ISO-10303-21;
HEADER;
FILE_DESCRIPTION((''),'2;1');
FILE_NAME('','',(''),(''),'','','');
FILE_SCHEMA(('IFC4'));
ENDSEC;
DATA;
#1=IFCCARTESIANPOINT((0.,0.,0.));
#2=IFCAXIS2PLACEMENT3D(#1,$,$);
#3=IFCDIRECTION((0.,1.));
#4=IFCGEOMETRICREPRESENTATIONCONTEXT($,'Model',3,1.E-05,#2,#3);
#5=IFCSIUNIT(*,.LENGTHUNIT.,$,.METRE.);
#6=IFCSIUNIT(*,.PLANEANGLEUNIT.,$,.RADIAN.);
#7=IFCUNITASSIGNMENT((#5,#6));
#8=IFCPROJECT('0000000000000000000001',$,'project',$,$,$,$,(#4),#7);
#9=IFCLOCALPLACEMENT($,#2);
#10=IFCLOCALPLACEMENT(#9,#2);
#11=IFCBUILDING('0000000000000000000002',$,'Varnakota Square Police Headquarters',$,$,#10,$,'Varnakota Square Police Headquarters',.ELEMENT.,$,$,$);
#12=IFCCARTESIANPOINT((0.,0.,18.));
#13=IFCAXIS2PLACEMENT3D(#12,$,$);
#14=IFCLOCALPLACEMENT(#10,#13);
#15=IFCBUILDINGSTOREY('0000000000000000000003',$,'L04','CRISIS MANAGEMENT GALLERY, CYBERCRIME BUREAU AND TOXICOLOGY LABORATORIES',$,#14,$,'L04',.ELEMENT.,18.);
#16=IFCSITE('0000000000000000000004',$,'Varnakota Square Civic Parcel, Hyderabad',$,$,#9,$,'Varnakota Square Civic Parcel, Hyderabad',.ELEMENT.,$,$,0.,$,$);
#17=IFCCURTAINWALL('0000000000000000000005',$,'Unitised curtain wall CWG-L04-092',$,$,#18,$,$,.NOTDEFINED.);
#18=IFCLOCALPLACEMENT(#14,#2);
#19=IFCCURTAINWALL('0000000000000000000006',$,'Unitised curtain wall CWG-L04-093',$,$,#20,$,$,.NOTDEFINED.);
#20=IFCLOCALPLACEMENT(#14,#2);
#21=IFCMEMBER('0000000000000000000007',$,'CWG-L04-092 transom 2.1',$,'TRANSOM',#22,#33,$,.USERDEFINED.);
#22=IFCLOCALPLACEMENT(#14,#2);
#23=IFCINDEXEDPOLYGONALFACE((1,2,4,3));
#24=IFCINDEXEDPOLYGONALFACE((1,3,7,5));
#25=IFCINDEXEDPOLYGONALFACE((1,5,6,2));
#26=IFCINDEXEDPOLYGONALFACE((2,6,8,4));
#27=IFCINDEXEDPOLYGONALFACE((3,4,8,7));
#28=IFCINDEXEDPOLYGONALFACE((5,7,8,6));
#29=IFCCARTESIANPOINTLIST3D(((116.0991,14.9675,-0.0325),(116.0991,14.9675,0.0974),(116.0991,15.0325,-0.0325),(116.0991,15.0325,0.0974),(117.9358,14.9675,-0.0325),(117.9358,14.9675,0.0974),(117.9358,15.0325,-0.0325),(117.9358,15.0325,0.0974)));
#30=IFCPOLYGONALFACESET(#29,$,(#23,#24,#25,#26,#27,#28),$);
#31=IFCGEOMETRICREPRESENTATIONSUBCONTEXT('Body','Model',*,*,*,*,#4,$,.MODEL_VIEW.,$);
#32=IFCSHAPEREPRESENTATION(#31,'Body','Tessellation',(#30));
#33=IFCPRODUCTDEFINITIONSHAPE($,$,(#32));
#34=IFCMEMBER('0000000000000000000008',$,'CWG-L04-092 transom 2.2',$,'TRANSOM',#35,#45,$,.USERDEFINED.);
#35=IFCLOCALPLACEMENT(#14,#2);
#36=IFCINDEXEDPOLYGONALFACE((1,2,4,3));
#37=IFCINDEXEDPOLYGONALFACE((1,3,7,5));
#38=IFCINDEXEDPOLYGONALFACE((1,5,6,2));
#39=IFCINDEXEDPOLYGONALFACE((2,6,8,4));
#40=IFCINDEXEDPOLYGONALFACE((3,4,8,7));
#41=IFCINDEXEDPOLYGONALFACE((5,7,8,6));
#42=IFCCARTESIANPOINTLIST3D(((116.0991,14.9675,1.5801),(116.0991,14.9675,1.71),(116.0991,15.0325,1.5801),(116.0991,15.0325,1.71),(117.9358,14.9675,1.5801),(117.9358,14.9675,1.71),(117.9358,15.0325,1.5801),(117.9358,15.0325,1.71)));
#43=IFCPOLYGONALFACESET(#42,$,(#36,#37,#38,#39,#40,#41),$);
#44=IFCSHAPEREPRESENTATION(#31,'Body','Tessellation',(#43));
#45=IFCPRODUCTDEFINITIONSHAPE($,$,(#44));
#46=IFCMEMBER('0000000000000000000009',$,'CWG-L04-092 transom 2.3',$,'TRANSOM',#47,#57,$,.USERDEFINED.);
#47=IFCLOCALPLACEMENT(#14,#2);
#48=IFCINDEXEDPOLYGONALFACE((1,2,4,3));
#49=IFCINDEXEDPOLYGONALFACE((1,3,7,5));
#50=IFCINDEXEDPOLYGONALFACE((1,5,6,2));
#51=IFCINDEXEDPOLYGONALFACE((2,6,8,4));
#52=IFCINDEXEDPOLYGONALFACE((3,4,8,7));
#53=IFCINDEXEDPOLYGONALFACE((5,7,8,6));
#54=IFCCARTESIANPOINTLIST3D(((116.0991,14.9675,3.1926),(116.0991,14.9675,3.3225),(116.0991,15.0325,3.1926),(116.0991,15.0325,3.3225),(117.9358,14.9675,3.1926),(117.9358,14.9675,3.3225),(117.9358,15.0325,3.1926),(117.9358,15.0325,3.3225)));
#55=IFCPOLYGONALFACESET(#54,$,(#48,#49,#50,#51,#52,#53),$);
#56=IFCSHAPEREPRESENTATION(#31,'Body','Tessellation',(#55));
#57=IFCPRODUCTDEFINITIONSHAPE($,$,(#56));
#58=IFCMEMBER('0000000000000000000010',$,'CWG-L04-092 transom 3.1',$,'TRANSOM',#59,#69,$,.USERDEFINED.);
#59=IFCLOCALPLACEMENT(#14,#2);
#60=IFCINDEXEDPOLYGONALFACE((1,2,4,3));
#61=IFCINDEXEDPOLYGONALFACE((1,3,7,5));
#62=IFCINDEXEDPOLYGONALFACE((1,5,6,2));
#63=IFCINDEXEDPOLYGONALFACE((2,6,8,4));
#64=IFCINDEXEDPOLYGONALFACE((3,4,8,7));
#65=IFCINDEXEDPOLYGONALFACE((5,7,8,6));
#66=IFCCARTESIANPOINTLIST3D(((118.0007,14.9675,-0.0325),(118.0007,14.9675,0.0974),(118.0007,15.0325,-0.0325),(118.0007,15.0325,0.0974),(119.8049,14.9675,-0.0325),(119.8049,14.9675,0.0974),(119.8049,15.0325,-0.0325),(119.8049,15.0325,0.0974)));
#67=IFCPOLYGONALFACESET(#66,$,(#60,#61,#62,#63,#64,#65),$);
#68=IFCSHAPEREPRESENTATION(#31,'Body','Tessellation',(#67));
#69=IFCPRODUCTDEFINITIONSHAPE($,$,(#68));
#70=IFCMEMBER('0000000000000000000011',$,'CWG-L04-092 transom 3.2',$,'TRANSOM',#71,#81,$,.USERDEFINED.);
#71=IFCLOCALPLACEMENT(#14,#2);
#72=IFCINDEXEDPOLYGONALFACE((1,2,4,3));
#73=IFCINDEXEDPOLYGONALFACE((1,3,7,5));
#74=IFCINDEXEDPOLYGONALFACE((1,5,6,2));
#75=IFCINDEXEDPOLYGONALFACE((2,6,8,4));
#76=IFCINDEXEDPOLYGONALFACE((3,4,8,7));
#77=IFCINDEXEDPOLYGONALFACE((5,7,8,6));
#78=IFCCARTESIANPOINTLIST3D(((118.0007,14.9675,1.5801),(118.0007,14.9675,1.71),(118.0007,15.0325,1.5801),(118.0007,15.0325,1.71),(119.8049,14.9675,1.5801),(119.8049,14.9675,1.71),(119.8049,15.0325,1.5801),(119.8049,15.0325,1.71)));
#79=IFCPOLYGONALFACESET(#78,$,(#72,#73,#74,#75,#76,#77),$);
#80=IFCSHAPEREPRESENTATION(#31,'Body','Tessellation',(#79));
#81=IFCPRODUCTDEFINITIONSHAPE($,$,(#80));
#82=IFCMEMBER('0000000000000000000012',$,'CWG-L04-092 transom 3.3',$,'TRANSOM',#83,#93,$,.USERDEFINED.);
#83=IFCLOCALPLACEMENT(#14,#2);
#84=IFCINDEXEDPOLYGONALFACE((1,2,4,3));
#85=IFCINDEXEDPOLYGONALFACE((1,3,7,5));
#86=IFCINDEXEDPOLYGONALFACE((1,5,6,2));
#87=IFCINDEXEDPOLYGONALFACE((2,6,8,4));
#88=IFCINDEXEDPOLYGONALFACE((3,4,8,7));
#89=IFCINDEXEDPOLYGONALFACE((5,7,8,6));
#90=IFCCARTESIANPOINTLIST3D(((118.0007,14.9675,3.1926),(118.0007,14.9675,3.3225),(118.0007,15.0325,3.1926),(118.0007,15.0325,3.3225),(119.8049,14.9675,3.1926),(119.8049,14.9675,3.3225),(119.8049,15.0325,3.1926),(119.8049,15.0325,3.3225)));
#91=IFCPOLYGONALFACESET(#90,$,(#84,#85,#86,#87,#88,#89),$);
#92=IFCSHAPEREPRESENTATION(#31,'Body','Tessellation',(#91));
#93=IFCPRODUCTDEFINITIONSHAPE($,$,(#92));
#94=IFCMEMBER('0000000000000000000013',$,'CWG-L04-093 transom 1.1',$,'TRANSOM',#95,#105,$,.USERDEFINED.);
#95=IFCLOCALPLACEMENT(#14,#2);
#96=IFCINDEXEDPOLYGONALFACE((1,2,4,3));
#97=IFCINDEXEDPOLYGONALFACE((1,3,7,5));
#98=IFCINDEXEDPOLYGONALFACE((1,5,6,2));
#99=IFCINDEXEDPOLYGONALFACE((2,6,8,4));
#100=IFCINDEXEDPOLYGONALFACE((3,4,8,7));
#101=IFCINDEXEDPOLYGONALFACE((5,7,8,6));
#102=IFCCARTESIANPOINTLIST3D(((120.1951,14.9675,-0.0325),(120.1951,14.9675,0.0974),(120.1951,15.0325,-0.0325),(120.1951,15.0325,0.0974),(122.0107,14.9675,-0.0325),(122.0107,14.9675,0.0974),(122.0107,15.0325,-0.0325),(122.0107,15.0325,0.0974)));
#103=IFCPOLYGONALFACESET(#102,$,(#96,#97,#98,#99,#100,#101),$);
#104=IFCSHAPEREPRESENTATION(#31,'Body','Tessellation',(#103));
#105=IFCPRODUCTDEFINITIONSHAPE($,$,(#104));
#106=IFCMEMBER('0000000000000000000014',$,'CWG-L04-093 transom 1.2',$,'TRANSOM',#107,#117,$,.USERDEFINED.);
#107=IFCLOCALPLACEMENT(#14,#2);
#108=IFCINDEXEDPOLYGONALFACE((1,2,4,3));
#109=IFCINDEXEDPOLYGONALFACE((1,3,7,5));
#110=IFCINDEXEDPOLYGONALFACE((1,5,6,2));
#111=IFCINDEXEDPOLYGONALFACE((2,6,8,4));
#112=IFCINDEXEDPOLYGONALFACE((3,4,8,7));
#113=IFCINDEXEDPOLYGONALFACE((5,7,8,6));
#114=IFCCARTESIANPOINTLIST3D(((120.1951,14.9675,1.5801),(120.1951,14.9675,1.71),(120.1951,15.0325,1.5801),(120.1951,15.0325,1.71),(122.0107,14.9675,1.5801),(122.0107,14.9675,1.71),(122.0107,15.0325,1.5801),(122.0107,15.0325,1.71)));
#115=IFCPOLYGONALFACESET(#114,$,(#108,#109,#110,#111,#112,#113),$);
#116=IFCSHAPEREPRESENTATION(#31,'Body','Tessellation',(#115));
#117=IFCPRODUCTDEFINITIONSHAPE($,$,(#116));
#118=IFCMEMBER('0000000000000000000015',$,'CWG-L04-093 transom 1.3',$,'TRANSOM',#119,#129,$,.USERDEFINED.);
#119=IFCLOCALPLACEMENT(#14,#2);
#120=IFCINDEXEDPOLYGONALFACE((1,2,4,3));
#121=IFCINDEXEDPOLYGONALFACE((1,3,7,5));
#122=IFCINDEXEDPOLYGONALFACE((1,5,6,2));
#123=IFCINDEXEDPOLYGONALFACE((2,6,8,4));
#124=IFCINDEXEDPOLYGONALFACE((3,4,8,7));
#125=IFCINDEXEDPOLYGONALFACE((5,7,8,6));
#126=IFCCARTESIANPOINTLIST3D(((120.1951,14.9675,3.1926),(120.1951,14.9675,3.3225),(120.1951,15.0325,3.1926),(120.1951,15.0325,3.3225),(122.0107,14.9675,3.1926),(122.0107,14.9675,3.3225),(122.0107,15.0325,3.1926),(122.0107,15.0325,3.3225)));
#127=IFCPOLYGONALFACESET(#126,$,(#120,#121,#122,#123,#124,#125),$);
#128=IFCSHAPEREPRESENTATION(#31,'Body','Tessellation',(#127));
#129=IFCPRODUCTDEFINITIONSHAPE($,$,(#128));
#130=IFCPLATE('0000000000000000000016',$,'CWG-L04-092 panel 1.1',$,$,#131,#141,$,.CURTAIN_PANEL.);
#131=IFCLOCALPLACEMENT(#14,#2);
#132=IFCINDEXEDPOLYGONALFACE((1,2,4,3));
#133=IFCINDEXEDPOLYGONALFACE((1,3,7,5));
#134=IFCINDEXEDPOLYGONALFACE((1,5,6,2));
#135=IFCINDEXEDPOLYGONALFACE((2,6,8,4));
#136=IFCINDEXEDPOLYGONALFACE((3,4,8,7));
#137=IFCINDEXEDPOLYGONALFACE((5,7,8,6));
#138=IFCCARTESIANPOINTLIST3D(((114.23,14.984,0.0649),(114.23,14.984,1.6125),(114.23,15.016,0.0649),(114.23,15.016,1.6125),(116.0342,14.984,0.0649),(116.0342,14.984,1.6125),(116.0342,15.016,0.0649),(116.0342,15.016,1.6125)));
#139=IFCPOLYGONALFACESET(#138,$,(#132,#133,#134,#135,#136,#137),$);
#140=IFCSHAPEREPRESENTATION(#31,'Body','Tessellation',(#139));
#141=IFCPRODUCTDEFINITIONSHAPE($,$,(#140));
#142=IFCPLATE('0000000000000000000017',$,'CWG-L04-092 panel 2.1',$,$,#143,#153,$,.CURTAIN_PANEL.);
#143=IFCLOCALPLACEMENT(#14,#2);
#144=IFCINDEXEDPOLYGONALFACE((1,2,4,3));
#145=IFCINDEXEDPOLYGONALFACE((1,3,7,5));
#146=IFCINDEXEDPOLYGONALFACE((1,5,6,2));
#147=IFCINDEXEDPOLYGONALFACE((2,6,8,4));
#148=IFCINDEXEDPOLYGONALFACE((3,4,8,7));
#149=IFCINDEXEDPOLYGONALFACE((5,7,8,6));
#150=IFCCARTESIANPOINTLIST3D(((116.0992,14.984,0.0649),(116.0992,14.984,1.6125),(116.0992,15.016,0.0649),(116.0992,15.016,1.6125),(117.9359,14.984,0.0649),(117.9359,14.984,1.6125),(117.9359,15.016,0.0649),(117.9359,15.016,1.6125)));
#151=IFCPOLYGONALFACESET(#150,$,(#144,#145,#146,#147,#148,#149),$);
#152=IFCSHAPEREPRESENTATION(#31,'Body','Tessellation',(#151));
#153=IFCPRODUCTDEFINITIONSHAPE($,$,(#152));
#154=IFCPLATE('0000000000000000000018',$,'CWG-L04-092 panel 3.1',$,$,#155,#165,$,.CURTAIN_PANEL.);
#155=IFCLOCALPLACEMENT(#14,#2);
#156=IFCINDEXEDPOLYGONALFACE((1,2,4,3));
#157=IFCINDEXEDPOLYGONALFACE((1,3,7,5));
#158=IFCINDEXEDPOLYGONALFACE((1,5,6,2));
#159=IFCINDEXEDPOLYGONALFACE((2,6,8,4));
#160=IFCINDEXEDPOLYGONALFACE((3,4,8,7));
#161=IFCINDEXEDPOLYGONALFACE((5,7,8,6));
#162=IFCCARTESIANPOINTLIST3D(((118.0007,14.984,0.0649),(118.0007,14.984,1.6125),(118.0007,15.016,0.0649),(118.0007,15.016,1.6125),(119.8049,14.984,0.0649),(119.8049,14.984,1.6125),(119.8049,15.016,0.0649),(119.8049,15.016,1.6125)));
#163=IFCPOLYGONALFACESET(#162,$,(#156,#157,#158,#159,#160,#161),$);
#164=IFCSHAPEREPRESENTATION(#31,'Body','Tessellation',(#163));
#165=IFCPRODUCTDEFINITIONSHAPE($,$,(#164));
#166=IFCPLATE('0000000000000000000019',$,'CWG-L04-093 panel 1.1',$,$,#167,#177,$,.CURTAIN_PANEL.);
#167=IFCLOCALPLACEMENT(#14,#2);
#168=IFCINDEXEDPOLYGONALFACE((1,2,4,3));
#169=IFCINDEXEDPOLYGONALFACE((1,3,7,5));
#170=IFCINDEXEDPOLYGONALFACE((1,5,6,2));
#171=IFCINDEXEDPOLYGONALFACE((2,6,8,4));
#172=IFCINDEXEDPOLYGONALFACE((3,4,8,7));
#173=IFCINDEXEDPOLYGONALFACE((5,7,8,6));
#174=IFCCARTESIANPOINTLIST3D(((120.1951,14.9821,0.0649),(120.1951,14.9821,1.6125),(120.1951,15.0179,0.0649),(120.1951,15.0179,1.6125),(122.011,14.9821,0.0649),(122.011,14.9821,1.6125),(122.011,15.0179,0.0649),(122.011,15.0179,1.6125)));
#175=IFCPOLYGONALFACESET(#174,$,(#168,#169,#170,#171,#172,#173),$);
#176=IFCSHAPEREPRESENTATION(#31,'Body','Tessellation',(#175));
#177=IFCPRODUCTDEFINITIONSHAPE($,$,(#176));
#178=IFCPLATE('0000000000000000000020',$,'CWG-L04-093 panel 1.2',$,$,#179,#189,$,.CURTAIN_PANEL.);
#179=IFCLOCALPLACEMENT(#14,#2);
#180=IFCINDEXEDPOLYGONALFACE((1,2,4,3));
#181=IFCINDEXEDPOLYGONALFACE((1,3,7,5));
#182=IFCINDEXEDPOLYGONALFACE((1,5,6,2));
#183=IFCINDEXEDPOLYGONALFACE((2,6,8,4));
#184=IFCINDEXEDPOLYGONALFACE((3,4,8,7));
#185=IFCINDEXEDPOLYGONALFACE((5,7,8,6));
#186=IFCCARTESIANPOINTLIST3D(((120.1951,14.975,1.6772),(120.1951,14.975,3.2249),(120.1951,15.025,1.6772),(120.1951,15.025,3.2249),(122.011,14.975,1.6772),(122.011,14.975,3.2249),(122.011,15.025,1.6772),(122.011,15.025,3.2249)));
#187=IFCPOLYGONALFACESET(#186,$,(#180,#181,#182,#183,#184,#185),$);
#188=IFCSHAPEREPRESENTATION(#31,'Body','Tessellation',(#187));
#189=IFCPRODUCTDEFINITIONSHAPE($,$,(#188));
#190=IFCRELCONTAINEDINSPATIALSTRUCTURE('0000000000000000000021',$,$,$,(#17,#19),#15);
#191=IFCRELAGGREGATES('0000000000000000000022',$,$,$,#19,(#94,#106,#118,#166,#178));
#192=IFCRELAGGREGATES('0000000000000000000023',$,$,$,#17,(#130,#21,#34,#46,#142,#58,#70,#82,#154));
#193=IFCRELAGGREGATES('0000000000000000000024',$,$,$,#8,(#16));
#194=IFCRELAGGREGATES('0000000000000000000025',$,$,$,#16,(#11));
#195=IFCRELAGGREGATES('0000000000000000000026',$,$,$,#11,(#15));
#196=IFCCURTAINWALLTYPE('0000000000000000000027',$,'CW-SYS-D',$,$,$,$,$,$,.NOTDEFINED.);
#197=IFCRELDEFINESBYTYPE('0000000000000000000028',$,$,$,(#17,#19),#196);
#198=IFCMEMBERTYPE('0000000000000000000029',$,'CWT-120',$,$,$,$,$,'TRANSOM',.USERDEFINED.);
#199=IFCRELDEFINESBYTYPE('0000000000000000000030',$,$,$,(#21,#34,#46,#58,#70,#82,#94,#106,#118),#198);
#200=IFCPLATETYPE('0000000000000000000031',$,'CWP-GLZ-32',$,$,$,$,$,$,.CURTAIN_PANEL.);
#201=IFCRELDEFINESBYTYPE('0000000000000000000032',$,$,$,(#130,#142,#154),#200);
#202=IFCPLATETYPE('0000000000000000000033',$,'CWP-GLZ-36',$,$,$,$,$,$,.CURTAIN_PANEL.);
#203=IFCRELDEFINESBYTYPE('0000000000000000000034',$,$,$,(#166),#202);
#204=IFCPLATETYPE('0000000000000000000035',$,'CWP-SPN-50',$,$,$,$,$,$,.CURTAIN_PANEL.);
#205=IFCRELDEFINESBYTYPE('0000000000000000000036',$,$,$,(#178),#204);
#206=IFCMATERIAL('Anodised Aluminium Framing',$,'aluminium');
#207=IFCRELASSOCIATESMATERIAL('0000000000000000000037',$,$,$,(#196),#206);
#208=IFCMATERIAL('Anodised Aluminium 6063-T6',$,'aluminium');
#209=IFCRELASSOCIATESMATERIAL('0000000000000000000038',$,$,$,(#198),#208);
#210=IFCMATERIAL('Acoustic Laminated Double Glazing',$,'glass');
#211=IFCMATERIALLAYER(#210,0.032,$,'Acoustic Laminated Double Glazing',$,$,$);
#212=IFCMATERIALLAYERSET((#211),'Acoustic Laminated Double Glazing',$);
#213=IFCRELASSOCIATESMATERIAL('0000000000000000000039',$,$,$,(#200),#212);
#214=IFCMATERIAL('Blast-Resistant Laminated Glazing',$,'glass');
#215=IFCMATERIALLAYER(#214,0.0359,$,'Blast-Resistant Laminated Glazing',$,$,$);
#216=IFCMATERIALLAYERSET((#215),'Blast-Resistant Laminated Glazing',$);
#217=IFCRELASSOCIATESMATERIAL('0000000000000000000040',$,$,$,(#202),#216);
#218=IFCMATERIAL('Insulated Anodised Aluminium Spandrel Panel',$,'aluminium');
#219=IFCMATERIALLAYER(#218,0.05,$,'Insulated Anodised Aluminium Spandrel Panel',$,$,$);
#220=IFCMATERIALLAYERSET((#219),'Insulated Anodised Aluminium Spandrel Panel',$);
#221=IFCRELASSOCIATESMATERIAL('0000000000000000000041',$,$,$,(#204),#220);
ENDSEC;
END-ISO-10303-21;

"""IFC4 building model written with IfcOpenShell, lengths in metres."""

from ifc_helpers import new_model, si_unit, direction, frame, origin, origin_2d, place, context, subcontext, project, spatial, rectangle, extrude, material, layer, layer_set, material_profile, profile_set, type_object, element, aggregate, save


model = new_model("IFC4")

# Units and contexts
model_context = context("Model", 3, precision=1e-05, world=origin(), true_north=direction((0.0, 1.0)))
body_context = subcontext(model_context, "Body", "Model", "MODEL_VIEW")
ifc_project = project(units=[si_unit("LENGTHUNIT", "METRE"), si_unit("PLANEANGLEUNIT", "RADIAN")], contexts=[model_context])

# Site, building, storey
site_placement = place(None, origin())
site = spatial("IfcSite", under=ifc_project, at=site_placement, Name="Varnakota Square Civic Parcel, Hyderabad", LongName="Varnakota Square Civic Parcel, Hyderabad", CompositionType="ELEMENT", RefElevation=0.0)
building_placement = place(site_placement, origin())
building = spatial("IfcBuilding", under=site, at=building_placement, Name="Varnakota Square Police Headquarters", LongName="Varnakota Square Police Headquarters", CompositionType="ELEMENT")
storey_placement = place(building_placement, frame((0.0, 0.0, 18.0)))
storey = spatial("IfcBuildingStorey", under=building, at=storey_placement, Name="L04", Description="CRISIS MANAGEMENT GALLERY, CYBERCRIME BUREAU AND TOXICOLOGY LABORATORIES", LongName="L04", CompositionType="ELEMENT", Elevation=18.0)

# Curtain walls
ifc_material_1 = material(Name="Anodised Aluminium Framing", Category="aluminium")
curtain_wall_type = type_object("IfcCurtainWallType", Name="CW-SYS-D", PredefinedType="NOTDEFINED", material=ifc_material_1)
curtain_wall_1_placement = place(storey_placement, origin())
curtain_wall_1 = element("IfcCurtainWall", 1, at=curtain_wall_1_placement, inside=storey, type_object=curtain_wall_type, Name="Unitised curtain wall CWG-L04-092", PredefinedType="NOTDEFINED")
ifc_material_2 = material(Name="Anodised Aluminium 6063-T6", Category="aluminium")
curtain_wall_2_placement = place(storey_placement, origin())
curtain_wall_2 = element("IfcCurtainWall", 2, at=curtain_wall_2_placement, inside=storey, type_object=curtain_wall_type, Name="Unitised curtain wall CWG-L04-093", PredefinedType="NOTDEFINED")

# Members
ifc_material_profile_1 = material_profile(ifc_material_2, rectangle(XDim=0.0649, YDim=0.1299, at=origin_2d()), Name="ALU TRANSOM 65x130")
ifc_profile_set_1 = profile_set([ifc_material_profile_1], Name="Anodised Aluminium 6063-T6")
member_type_1 = type_object("IfcMemberType", Name="CWT-120", ElementType="TRANSOM", PredefinedType="USERDEFINED", material=ifc_profile_set_1)
member_1_placement = place(storey_placement, frame((116.0991, 15.0, 0.0325), z_axis=(1.0, 0.0, 0.0), x_axis=(0.0, 1.0, 0.0)))
member_1 = element("IfcMember", 3, at=member_1_placement, type_object=member_type_1, Name="CWG-L04-092 transom 2.1", ObjectType="TRANSOM", PredefinedType="USERDEFINED", context=body_context, shape_type="SweptSolid", body=[
    extrude(rectangle(XDim=0.0649, YDim=0.1299, at=origin_2d()), origin(), (0.0, 0.0, 1.0), 1.8367),
])
member_2_placement = place(storey_placement, frame((116.0991, 15.0, 1.645), z_axis=(1.0, 0.0, 0.0), x_axis=(0.0, 1.0, 0.0)))
member_2 = element("IfcMember", 4, at=member_2_placement, type_object=member_type_1, Name="CWG-L04-092 transom 2.2", ObjectType="TRANSOM", PredefinedType="USERDEFINED", context=body_context, shape_type="SweptSolid", body=[
    extrude(rectangle(XDim=0.0649, YDim=0.1299, at=origin_2d()), origin(), (0.0, 0.0, 1.0), 1.8367),
])
member_3_placement = place(storey_placement, frame((116.0991, 15.0, 3.2576), z_axis=(1.0, 0.0, 0.0), x_axis=(0.0, 1.0, 0.0)))
member_3 = element("IfcMember", 5, at=member_3_placement, type_object=member_type_1, Name="CWG-L04-092 transom 2.3", ObjectType="TRANSOM", PredefinedType="USERDEFINED", context=body_context, shape_type="SweptSolid", body=[
    extrude(rectangle(XDim=0.0649, YDim=0.1299, at=origin_2d()), origin(), (0.0, 0.0, 1.0), 1.8367),
])
member_4_placement = place(storey_placement, frame((118.0007, 15.0, 0.0325), z_axis=(1.0, 0.0, 0.0), x_axis=(0.0, 1.0, 0.0)))
member_4 = element("IfcMember", 6, at=member_4_placement, type_object=member_type_1, Name="CWG-L04-092 transom 3.1", ObjectType="TRANSOM", PredefinedType="USERDEFINED", context=body_context, shape_type="SweptSolid", body=[
    extrude(rectangle(XDim=0.0649, YDim=0.1299, at=origin_2d()), origin(), (0.0, 0.0, 1.0), 1.8042),
])
member_5_placement = place(storey_placement, frame((118.0007, 15.0, 1.645), z_axis=(1.0, 0.0, 0.0), x_axis=(0.0, 1.0, 0.0)))
member_5 = element("IfcMember", 7, at=member_5_placement, type_object=member_type_1, Name="CWG-L04-092 transom 3.2", ObjectType="TRANSOM", PredefinedType="USERDEFINED", context=body_context, shape_type="SweptSolid", body=[
    extrude(rectangle(XDim=0.0649, YDim=0.1299, at=origin_2d()), origin(), (0.0, 0.0, 1.0), 1.8042),
])
member_6_placement = place(storey_placement, frame((118.0007, 15.0, 3.2576), z_axis=(1.0, 0.0, 0.0), x_axis=(0.0, 1.0, 0.0)))
member_6 = element("IfcMember", 8, at=member_6_placement, type_object=member_type_1, Name="CWG-L04-092 transom 3.3", ObjectType="TRANSOM", PredefinedType="USERDEFINED", context=body_context, shape_type="SweptSolid", body=[
    extrude(rectangle(XDim=0.0649, YDim=0.1299, at=origin_2d()), origin(), (0.0, 0.0, 1.0), 1.8042),
])
member_7_placement = place(storey_placement, frame((120.1951, 15.0, 0.0325), z_axis=(1.0, 0.0, 0.0), x_axis=(0.0, 1.0, 0.0)))
member_7 = element("IfcMember", 9, at=member_7_placement, type_object=member_type_1, Name="CWG-L04-093 transom 1.1", ObjectType="TRANSOM", PredefinedType="USERDEFINED", context=body_context, shape_type="SweptSolid", body=[
    extrude(rectangle(XDim=0.0649, YDim=0.1299, at=origin_2d()), origin(), (0.0, 0.0, 1.0), 1.8157),
])
member_8_placement = place(storey_placement, frame((120.1951, 15.0, 1.645), z_axis=(1.0, 0.0, 0.0), x_axis=(0.0, 1.0, 0.0)))
member_8 = element("IfcMember", 10, at=member_8_placement, type_object=member_type_1, Name="CWG-L04-093 transom 1.2", ObjectType="TRANSOM", PredefinedType="USERDEFINED", context=body_context, shape_type="SweptSolid", body=[
    extrude(rectangle(XDim=0.0649, YDim=0.1299, at=origin_2d()), origin(), (0.0, 0.0, 1.0), 1.8157),
])
member_9_placement = place(storey_placement, frame((120.1951, 15.0, 3.2576), z_axis=(1.0, 0.0, 0.0), x_axis=(0.0, 1.0, 0.0)))
member_9 = element("IfcMember", 11, at=member_9_placement, type_object=member_type_1, Name="CWG-L04-093 transom 1.3", ObjectType="TRANSOM", PredefinedType="USERDEFINED", context=body_context, shape_type="SweptSolid", body=[
    extrude(rectangle(XDim=0.0649, YDim=0.1299, at=origin_2d()), origin(), (0.0, 0.0, 1.0), 1.8157),
])

# Plates
ifc_material_3 = material(Name="Acoustic Laminated Double Glazing", Category="glass")
ifc_layer_1 = layer(ifc_material_3, 0.032, Name="Acoustic Laminated Double Glazing")
ifc_layer_set_1 = layer_set([ifc_layer_1], Name="Acoustic Laminated Double Glazing")
plate_type_1 = type_object("IfcPlateType", Name="CWP-GLZ-32", PredefinedType="CURTAIN_PANEL", material=ifc_layer_set_1)
plate_1_placement = place(storey_placement, frame((115.1321, 15.0, 0.0649), z_axis=(0.0, 0.0, 1.0), x_axis=(1.0, 0.0, 0.0)))
plate_1 = element("IfcPlate", 12, at=plate_1_placement, type_object=plate_type_1, Name="CWG-L04-092 panel 1.1", PredefinedType="CURTAIN_PANEL", context=body_context, shape_type="SweptSolid", body=[
    extrude(rectangle(XDim=1.8042, YDim=0.032, at=origin_2d()), origin(), (0.0, 0.0, 1.0), 1.5476),
])
plate_2_placement = place(storey_placement, frame((117.0176, 15.0, 0.0649), z_axis=(0.0, 0.0, 1.0), x_axis=(1.0, 0.0, 0.0)))
plate_2 = element("IfcPlate", 13, at=plate_2_placement, type_object=plate_type_1, Name="CWG-L04-092 panel 2.1", PredefinedType="CURTAIN_PANEL", context=body_context, shape_type="SweptSolid", body=[
    extrude(rectangle(XDim=1.8367, YDim=0.032, at=origin_2d()), origin(), (0.0, 0.0, 1.0), 1.5476),
])
plate_3_placement = place(storey_placement, frame((118.9028, 15.0, 0.0649), z_axis=(0.0, 0.0, 1.0), x_axis=(1.0, 0.0, 0.0)))
plate_3 = element("IfcPlate", 14, at=plate_3_placement, type_object=plate_type_1, Name="CWG-L04-092 panel 3.1", PredefinedType="CURTAIN_PANEL", context=body_context, shape_type="SweptSolid", body=[
    extrude(rectangle(XDim=1.8042, YDim=0.032, at=origin_2d()), origin(), (0.0, 0.0, 1.0), 1.5476),
])
ifc_material_4 = material(Name="Blast-Resistant Laminated Glazing", Category="glass")
ifc_layer_2 = layer(ifc_material_4, 0.0359, Name="Blast-Resistant Laminated Glazing")
ifc_layer_set_2 = layer_set([ifc_layer_2], Name="Blast-Resistant Laminated Glazing")
plate_type_2 = type_object("IfcPlateType", Name="CWP-GLZ-36", PredefinedType="CURTAIN_PANEL", material=ifc_layer_set_2)
plate_4_placement = place(storey_placement, frame((121.103, 15.0, 0.0649), z_axis=(0.0, 0.0, 1.0), x_axis=(1.0, 0.0, 0.0)))
plate_4 = element("IfcPlate", 15, at=plate_4_placement, type_object=plate_type_2, Name="CWG-L04-093 panel 1.1", PredefinedType="CURTAIN_PANEL", context=body_context, shape_type="SweptSolid", body=[
    extrude(rectangle(XDim=1.8159, YDim=0.0359, at=origin_2d()), origin(), (0.0, 0.0, 1.0), 1.5476),
])
ifc_material_5 = material(Name="Insulated Anodised Aluminium Spandrel Panel", Category="aluminium")
ifc_layer_3 = layer(ifc_material_5, 0.05, Name="Insulated Anodised Aluminium Spandrel Panel")
ifc_layer_set_3 = layer_set([ifc_layer_3], Name="Insulated Anodised Aluminium Spandrel Panel")
plate_type_3 = type_object("IfcPlateType", Name="CWP-SPN-50", PredefinedType="CURTAIN_PANEL", material=ifc_layer_set_3)
plate_5_placement = place(storey_placement, frame((121.103, 15.0, 1.6772), z_axis=(0.0, 0.0, 1.0), x_axis=(1.0, 0.0, 0.0)))
plate_5 = element("IfcPlate", 16, at=plate_5_placement, type_object=plate_type_3, Name="CWG-L04-093 panel 1.2", PredefinedType="CURTAIN_PANEL", context=body_context, shape_type="SweptSolid", body=[
    extrude(rectangle(XDim=1.8159, YDim=0.05, at=origin_2d()), origin(), (0.0, 0.0, 1.0), 1.5476),
])
aggregate(curtain_wall_2, [member_7, member_8, member_9, plate_4, plate_5])
aggregate(curtain_wall_1, [plate_1, member_1, member_2, member_3, plate_2, member_4, member_5, member_6, plate_3])

save(model, "model.ifc")
